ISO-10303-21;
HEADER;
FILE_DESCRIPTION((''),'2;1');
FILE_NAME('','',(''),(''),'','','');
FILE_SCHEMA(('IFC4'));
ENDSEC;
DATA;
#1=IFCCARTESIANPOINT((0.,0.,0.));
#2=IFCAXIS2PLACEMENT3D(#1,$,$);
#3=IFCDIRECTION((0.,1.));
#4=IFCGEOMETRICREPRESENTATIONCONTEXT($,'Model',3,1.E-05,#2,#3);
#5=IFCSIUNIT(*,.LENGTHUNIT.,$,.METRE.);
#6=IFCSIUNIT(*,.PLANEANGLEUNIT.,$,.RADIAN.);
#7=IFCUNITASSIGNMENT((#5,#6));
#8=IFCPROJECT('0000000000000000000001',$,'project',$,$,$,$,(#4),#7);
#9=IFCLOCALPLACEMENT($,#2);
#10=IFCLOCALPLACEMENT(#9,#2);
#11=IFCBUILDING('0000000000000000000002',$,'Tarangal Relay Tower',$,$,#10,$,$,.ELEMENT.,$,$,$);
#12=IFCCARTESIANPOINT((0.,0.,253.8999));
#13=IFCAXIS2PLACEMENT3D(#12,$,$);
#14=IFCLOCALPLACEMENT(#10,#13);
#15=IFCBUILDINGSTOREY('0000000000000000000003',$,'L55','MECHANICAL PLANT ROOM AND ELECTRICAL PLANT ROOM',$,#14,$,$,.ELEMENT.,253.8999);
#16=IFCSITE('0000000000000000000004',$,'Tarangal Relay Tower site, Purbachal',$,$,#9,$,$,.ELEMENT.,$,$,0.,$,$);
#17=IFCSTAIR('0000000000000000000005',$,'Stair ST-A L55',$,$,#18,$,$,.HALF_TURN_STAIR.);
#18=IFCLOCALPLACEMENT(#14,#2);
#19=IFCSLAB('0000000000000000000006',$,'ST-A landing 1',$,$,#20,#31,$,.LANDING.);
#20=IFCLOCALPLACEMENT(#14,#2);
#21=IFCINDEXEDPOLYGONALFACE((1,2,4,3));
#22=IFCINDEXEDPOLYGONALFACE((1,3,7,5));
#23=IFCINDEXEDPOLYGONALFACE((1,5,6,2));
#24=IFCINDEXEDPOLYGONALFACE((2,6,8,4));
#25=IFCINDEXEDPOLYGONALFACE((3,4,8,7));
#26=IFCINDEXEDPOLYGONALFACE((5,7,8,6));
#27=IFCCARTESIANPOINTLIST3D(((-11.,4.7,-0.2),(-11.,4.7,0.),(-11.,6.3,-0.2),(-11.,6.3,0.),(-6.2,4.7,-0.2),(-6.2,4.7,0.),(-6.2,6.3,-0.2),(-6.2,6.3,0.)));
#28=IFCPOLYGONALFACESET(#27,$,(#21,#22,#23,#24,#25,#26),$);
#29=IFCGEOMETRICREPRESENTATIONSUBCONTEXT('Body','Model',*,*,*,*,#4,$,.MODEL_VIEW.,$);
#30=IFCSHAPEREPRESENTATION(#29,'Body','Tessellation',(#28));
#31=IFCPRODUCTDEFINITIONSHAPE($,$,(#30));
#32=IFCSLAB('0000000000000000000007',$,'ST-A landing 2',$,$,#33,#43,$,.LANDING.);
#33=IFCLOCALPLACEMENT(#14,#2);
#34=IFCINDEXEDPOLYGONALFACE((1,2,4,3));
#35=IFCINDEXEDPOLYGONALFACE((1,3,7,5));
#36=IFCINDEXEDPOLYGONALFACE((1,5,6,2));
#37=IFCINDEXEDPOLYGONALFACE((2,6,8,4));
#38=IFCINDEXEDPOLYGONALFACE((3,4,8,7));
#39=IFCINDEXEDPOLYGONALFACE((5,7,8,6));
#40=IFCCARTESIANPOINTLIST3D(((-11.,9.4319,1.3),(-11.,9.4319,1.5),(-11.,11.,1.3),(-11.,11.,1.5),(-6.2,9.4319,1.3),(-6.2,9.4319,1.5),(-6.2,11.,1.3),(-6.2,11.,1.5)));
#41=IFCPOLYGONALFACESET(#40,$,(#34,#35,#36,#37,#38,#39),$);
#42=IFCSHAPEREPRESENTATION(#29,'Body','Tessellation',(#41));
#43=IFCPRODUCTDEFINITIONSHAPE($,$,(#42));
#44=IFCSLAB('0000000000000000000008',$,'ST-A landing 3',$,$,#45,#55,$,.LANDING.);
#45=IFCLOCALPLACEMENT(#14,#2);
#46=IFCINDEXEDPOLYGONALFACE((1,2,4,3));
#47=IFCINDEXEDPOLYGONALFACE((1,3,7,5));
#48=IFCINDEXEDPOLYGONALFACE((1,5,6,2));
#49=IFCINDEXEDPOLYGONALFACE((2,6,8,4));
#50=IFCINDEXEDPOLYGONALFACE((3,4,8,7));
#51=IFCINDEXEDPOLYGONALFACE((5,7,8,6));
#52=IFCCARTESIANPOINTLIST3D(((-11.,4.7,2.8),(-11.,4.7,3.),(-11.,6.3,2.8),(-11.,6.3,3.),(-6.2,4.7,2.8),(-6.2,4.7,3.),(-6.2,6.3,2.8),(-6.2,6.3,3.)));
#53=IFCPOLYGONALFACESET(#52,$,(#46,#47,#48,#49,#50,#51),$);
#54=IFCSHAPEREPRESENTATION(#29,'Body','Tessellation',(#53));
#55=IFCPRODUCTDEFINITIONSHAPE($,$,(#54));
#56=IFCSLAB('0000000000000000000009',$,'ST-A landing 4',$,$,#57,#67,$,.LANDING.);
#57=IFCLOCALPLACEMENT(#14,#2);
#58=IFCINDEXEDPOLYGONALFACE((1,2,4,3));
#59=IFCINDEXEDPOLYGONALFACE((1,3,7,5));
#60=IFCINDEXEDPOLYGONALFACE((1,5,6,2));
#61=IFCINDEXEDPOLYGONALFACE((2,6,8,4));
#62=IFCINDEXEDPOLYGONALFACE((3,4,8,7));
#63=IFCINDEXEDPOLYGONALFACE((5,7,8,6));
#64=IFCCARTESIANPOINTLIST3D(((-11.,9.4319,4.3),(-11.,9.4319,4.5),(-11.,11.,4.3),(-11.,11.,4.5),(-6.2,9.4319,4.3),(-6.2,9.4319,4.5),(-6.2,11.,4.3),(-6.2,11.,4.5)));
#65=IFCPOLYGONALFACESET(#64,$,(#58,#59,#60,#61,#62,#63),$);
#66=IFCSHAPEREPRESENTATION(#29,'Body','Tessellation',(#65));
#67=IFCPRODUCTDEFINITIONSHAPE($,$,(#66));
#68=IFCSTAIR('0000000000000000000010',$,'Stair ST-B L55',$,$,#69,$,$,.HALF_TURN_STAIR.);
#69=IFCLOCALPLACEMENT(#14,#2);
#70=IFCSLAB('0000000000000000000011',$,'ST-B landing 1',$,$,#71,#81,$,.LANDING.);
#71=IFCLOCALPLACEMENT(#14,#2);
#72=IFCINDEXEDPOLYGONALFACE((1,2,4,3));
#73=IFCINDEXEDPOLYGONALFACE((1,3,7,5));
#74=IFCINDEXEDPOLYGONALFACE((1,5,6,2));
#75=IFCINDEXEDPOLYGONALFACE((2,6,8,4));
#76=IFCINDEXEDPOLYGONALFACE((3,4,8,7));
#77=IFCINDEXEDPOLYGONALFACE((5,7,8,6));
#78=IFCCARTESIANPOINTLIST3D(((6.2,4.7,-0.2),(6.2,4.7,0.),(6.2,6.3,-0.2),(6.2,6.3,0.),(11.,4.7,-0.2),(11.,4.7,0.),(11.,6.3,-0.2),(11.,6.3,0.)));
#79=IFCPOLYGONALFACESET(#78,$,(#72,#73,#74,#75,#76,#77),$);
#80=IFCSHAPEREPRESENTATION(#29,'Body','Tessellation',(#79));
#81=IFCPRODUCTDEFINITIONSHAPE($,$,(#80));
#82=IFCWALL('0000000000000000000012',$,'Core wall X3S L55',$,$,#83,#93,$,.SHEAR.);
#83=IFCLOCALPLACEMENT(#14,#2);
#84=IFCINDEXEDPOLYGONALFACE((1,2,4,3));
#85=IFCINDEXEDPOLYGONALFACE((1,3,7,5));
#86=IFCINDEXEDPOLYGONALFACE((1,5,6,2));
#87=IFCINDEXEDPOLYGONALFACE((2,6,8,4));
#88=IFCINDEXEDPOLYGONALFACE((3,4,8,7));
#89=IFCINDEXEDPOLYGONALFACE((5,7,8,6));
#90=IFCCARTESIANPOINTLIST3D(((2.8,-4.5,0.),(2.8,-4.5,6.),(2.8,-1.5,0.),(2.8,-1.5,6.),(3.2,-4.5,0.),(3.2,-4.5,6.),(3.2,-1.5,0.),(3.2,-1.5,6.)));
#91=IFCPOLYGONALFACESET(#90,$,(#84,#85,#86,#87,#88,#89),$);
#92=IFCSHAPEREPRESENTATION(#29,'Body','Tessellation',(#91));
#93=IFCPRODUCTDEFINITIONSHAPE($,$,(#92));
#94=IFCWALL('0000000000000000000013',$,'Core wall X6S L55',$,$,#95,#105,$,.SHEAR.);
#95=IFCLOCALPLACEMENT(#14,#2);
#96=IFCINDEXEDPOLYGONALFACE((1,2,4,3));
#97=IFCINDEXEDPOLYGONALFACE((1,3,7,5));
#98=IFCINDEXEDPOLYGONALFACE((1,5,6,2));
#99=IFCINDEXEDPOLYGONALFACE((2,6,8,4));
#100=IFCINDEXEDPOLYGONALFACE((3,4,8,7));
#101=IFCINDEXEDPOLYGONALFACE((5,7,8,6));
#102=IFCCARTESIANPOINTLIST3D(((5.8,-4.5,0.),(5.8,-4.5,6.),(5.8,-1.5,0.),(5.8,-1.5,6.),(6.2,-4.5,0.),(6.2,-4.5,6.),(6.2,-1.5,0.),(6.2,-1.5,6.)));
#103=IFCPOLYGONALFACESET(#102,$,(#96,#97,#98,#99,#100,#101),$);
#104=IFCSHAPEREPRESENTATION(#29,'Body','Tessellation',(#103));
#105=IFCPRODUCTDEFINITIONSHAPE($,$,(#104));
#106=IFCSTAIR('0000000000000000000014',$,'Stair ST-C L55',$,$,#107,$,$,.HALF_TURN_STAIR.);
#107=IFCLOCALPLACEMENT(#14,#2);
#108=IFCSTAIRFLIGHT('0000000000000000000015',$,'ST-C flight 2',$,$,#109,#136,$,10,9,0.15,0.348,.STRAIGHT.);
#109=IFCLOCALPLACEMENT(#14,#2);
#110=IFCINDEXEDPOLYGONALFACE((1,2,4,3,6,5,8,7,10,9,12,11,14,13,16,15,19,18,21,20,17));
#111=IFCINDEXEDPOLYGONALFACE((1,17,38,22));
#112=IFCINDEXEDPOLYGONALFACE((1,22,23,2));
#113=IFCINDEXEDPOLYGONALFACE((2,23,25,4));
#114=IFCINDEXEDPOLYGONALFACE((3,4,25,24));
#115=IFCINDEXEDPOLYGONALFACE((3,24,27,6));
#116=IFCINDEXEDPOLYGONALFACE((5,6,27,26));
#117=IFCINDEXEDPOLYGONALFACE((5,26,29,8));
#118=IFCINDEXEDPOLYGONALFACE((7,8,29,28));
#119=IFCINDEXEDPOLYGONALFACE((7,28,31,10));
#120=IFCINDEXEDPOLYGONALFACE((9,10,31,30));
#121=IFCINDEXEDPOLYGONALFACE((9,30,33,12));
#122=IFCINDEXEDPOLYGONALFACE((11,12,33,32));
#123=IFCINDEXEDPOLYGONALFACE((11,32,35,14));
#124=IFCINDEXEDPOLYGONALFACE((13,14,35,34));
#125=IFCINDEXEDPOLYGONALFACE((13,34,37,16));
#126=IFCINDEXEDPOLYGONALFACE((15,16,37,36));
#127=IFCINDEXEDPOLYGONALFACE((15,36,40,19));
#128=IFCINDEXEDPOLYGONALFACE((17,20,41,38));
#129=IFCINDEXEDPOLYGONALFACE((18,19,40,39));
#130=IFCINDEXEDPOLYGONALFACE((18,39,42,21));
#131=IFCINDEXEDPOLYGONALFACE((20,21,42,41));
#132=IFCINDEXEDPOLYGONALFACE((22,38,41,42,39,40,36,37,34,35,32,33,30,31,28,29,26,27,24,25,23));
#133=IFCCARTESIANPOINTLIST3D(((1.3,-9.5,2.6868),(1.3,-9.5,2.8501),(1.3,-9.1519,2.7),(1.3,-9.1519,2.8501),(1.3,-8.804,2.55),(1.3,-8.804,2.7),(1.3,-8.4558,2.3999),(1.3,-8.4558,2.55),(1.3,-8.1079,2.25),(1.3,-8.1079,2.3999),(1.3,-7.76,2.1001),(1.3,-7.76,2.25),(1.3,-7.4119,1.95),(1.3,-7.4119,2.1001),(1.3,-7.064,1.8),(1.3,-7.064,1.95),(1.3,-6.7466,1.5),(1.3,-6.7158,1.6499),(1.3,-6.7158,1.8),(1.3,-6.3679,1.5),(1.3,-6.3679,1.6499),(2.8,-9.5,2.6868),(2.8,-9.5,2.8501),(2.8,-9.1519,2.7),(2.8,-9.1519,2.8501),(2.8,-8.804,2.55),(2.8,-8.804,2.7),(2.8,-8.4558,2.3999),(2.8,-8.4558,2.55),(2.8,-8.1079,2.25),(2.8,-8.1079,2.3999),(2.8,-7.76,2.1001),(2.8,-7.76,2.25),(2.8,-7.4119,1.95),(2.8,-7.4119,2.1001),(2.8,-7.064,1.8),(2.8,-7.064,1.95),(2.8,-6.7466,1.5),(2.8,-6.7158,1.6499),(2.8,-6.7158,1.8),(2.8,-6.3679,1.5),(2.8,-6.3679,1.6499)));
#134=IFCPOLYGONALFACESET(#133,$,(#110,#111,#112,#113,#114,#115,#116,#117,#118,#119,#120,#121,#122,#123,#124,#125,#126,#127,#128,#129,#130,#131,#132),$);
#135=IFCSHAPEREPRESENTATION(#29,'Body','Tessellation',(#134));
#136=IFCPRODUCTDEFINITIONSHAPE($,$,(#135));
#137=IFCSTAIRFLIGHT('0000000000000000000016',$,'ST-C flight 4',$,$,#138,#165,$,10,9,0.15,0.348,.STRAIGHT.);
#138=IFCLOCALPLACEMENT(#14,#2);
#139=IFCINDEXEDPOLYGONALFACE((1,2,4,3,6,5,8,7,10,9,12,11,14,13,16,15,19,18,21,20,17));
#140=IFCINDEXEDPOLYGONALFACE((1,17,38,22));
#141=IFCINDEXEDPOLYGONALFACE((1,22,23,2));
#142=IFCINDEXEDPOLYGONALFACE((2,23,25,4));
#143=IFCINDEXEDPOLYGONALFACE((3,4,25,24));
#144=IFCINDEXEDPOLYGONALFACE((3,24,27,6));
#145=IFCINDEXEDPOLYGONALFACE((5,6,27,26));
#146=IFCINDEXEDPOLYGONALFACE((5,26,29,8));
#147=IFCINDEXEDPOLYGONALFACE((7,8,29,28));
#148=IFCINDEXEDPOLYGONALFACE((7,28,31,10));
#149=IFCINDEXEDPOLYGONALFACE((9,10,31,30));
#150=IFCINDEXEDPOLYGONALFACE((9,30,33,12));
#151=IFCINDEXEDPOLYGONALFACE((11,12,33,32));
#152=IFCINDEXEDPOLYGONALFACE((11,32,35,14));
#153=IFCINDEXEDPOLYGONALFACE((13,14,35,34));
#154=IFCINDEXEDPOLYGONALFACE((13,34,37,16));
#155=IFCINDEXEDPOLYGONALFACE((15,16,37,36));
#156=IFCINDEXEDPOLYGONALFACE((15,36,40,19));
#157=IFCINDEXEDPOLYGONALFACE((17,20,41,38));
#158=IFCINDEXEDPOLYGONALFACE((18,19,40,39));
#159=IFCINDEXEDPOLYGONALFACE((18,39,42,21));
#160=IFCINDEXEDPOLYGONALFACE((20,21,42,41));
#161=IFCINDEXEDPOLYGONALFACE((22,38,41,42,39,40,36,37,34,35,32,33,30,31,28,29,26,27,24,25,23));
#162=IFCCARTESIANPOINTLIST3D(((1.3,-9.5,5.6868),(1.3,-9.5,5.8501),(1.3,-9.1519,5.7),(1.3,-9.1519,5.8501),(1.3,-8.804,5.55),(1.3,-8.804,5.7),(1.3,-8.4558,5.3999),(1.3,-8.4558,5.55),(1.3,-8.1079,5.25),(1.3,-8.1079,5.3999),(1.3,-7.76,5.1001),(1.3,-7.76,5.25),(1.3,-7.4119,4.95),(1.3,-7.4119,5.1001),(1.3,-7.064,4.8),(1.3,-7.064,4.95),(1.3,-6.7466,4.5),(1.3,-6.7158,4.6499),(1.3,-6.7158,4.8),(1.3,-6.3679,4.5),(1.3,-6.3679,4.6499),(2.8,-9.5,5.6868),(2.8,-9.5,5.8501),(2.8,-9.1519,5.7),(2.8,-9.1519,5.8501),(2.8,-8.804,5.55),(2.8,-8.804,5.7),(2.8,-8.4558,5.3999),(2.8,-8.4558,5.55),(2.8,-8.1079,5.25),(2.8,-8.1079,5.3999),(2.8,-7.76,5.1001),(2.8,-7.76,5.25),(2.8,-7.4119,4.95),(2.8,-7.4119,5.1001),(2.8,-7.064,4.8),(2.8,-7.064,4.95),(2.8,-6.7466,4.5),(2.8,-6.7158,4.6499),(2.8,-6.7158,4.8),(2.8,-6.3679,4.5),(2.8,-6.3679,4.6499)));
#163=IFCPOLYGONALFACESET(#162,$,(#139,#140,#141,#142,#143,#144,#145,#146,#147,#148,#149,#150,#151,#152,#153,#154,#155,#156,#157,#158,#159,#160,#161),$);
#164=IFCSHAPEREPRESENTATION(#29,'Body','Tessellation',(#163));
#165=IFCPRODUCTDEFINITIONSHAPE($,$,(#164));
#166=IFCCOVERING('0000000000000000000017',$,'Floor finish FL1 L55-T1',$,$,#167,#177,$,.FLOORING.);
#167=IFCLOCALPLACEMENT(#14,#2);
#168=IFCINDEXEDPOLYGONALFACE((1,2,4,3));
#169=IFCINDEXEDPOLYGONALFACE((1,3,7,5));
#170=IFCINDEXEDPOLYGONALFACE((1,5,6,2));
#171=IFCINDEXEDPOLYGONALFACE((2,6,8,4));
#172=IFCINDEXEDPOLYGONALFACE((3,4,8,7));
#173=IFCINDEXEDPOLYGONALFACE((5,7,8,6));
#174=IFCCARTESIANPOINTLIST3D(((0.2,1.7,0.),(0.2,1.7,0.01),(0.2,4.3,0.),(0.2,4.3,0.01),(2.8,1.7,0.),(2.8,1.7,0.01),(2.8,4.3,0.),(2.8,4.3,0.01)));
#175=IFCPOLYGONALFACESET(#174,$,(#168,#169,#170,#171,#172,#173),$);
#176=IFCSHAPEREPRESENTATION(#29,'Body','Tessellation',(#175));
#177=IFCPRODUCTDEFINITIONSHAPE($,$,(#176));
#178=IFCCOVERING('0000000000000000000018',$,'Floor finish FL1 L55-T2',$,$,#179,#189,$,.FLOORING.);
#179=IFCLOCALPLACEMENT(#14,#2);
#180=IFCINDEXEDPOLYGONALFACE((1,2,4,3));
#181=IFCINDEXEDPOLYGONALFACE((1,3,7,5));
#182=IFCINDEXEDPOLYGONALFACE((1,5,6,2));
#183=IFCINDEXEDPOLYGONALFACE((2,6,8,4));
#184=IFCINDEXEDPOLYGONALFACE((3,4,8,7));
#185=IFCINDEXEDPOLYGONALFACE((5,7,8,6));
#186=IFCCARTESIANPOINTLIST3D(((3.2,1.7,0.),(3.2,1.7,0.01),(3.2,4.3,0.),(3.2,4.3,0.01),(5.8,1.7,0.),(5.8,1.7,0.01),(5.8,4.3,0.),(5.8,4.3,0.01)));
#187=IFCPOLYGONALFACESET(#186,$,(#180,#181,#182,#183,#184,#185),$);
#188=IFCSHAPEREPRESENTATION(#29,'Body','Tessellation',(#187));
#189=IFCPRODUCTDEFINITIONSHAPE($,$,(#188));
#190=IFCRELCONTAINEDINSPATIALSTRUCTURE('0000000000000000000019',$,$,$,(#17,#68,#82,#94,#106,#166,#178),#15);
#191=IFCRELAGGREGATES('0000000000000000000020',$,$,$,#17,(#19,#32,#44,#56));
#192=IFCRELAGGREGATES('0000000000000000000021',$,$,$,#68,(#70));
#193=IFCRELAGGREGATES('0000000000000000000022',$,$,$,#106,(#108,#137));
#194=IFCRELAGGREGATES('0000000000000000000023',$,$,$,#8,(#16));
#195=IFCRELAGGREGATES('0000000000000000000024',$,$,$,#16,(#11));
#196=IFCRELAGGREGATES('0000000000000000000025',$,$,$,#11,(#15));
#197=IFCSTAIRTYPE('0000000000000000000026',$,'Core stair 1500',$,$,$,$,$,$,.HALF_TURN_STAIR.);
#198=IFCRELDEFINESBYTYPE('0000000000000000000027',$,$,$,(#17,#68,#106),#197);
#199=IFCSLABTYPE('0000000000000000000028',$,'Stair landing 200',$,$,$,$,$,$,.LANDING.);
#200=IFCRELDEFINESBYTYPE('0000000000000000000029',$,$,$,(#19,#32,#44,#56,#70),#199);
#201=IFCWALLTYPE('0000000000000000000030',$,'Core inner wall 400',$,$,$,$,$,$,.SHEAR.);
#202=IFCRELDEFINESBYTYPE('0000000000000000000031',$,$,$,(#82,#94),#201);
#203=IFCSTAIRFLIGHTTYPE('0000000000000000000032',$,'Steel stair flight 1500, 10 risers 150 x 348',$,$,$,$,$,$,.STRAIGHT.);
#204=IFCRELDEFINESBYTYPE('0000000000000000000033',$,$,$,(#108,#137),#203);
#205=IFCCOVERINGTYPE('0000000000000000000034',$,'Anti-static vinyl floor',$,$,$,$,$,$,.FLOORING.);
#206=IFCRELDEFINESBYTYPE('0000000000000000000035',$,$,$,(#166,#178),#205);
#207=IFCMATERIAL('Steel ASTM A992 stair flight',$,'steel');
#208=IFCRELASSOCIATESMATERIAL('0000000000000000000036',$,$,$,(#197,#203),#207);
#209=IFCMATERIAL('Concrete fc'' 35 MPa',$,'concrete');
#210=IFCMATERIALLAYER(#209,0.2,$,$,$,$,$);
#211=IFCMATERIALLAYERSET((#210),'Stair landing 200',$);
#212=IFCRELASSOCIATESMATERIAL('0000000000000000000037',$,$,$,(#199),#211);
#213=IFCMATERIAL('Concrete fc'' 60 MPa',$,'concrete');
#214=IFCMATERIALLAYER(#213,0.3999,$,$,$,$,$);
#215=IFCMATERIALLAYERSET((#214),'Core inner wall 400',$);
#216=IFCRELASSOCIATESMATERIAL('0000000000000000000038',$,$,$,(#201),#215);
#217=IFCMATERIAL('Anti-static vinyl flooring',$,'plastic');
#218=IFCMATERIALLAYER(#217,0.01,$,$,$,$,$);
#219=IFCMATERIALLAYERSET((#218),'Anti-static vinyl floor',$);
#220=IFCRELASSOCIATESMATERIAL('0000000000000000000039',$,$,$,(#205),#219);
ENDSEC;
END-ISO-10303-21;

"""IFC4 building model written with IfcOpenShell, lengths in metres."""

from ifc_helpers import new_model, si_unit, direction, frame, frame_2d, origin, place, context, subcontext, project, spatial, polyline, rectangle, outline, extrude, material, layer, layer_set, type_object, element, aggregate, save


model = new_model("IFC4")

# Units and contexts
model_context = context("Model", 3, precision=1e-05, world=origin(), true_north=direction((0.0, 1.0)))
body_context = subcontext(model_context, "Body", "Model", "MODEL_VIEW")
ifc_project = project(units=[si_unit("LENGTHUNIT", "METRE"), si_unit("PLANEANGLEUNIT", "RADIAN")], contexts=[model_context])

# Site, building, storey
site_placement = place(None, origin())
site = spatial("IfcSite", under=ifc_project, at=site_placement, Name="Tarangal Relay Tower site, Purbachal", CompositionType="ELEMENT", RefElevation=0.0)
building_placement = place(site_placement, origin())
building = spatial("IfcBuilding", under=site, at=building_placement, Name="Tarangal Relay Tower", CompositionType="ELEMENT")
storey_placement = place(building_placement, frame((0.0, 0.0, 253.8999)))
storey = spatial("IfcBuildingStorey", under=building, at=storey_placement, Name="L55", Description="MECHANICAL PLANT ROOM AND ELECTRICAL PLANT ROOM", CompositionType="ELEMENT", Elevation=253.8999)

# Stair, slabs
ifc_material_1 = material(Name="Steel ASTM A992 stair flight", Category="steel")
stair_type = type_object("IfcStairType", Name="Core stair 1500", PredefinedType="HALF_TURN_STAIR", material=ifc_material_1)
stair_1_placement = place(storey_placement, origin())
stair_1 = element("IfcStair", 1, at=stair_1_placement, inside=storey, type_object=stair_type, Name="Stair ST-A L55", PredefinedType="HALF_TURN_STAIR")
ifc_material_2 = material(Name="Concrete fc' 35 MPa", Category="concrete")
ifc_layer_1 = layer(ifc_material_2, 0.2)
ifc_layer_set_1 = layer_set([ifc_layer_1], Name="Stair landing 200")
slab_type = type_object("IfcSlabType", Name="Stair landing 200", PredefinedType="LANDING", material=ifc_layer_set_1)
slab_1_placement = place(storey_placement, frame((0.0, 0.0, -0.2)))
slab_1 = element("IfcSlab", 2, at=slab_1_placement, type_object=slab_type, Name="ST-A landing 1", PredefinedType="LANDING", context=body_context, shape_type="SweptSolid", body=[
    extrude(outline(polyline([(-11.0, 4.7), (-6.2, 4.7), (-6.2, 6.3), (-11.0, 6.3), (-11.0, 4.7)])), origin(), (0.0, 0.0, 1.0), 0.2),
])
slab_2_placement = place(storey_placement, frame((0.0, 0.0, 1.3)))
slab_2 = element("IfcSlab", 3, at=slab_2_placement, type_object=slab_type, Name="ST-A landing 2", PredefinedType="LANDING", context=body_context, shape_type="SweptSolid", body=[
    extrude(outline(polyline([(-11.0, 9.4319), (-6.2, 9.4319), (-6.2, 11.0), (-11.0, 11.0), (-11.0, 9.4319)])), origin(), (0.0, 0.0, 1.0), 0.2),
])
slab_3_placement = place(storey_placement, frame((0.0, 0.0, 2.8)))
slab_3 = element("IfcSlab", 4, at=slab_3_placement, type_object=slab_type, Name="ST-A landing 3", PredefinedType="LANDING", context=body_context, shape_type="SweptSolid", body=[
    extrude(outline(polyline([(-11.0, 4.7), (-6.2, 4.7), (-6.2, 6.3), (-11.0, 6.3), (-11.0, 4.7)])), origin(), (0.0, 0.0, 1.0), 0.2),
])
slab_4_placement = place(storey_placement, frame((0.0, 0.0, 4.3)))
slab_4 = element("IfcSlab", 5, at=slab_4_placement, type_object=slab_type, Name="ST-A landing 4", PredefinedType="LANDING", context=body_context, shape_type="SweptSolid", body=[
    extrude(outline(polyline([(-11.0, 9.4319), (-6.2, 9.4319), (-6.2, 11.0), (-11.0, 11.0), (-11.0, 9.4319)])), origin(), (0.0, 0.0, 1.0), 0.2),
])
aggregate(stair_1, [slab_1, slab_2, slab_3, slab_4])

# Stair, slab
stair_2_placement = place(storey_placement, origin())
stair_2 = element("IfcStair", 6, at=stair_2_placement, inside=storey, type_object=stair_type, Name="Stair ST-B L55", PredefinedType="HALF_TURN_STAIR")
slab_5_placement = place(storey_placement, frame((0.0, 0.0, -0.2)))
slab_5 = element("IfcSlab", 7, at=slab_5_placement, type_object=slab_type, Name="ST-B landing 1", PredefinedType="LANDING", context=body_context, shape_type="SweptSolid", body=[
    extrude(outline(polyline([(6.2, 4.7), (11.0, 4.7), (11.0, 6.3), (6.2, 6.3), (6.2, 4.7)])), origin(), (0.0, 0.0, 1.0), 0.2),
])
aggregate(stair_2, [slab_5])

# Walls
ifc_material_3 = material(Name="Concrete fc' 60 MPa", Category="concrete")
ifc_layer_2 = layer(ifc_material_3, 0.3999)
ifc_layer_set_2 = layer_set([ifc_layer_2], Name="Core inner wall 400")
wall_type = type_object("IfcWallType", Name="Core inner wall 400", PredefinedType="SHEAR", material=ifc_layer_set_2)
for number, where, z_axis, x_axis, name in (
    (8, (3.0, -4.5, 0.0), (0.0, 0.0, 1.0), (0.0, 1.0, 0.0), "Core wall X3S L55"),
    (9, (6.0, -4.5, 0.0), (0.0, 0.0, 1.0), (0.0, 1.0, 0.0), "Core wall X6S L55"),
):
    element("IfcWall", number, at=place(storey_placement, frame(where, z_axis=z_axis, x_axis=x_axis)), inside=storey, type_object=wall_type, Name=name, PredefinedType="SHEAR", context=body_context, shape_type="SweptSolid", body=[
        extrude(rectangle(XDim=3.0, YDim=0.3999, at=frame_2d((1.5, 0.0))), origin(), (0.0, 0.0, 1.0), 6.0),
    ])

# Stair, stair flights
stair_3_placement = place(storey_placement, origin())
stair_3 = element("IfcStair", 10, at=stair_3_placement, inside=storey, type_object=stair_type, Name="Stair ST-C L55", PredefinedType="HALF_TURN_STAIR")
stair_flight_type = type_object("IfcStairFlightType", Name="Steel stair flight 1500, 10 risers 150 x 348", PredefinedType="STRAIGHT", material=ifc_material_1)
stair_flight_1_placement = place(storey_placement, frame((2.05, -6.3679, 1.5), z_axis=(0.0, 0.0, 1.0), x_axis=(0.0, -1.0, 0.0)))
stair_flight_1 = element("IfcStairFlight", 11, at=stair_flight_1_placement, type_object=stair_flight_type, Name="ST-C flight 2", NumberOfRisers=10, NumberOfTreads=9, PredefinedType="STRAIGHT", RiserHeight=0.15, TreadLength=0.348, context=body_context, shape_type="SweptSolid", body=[
    extrude(outline(polyline([(0.0, 0.0), (0.0, 0.1499), (0.3479, 0.1499), (0.3479, 0.3), (0.696, 0.3), (0.696, 0.45), (1.0439, 0.45), (1.0439, 0.6001), (1.3921, 0.6001), (1.3921, 0.75), (1.74, 0.75), (1.74, 0.8999), (2.0879, 0.8999), (2.0879, 1.05), (2.436, 1.05), (2.436, 1.2), (2.7839, 1.2), (2.7839, 1.3501), (3.1321, 1.3501), (3.1321, 1.5), (3.1321, 1.1868), (0.3787, 0.0), (0.0, 0.0)])), frame((0.0, 0.75, 0.0), z_axis=(0.0, -1.0, 0.0), x_axis=(1.0, 0.0, 0.0)), (0.0, 0.0, 1.0), 1.5),
])
stair_flight_2_placement = place(storey_placement, frame((2.05, -6.3679, 4.5), z_axis=(0.0, 0.0, 1.0), x_axis=(0.0, -1.0, 0.0)))
stair_flight_2 = element("IfcStairFlight", 12, at=stair_flight_2_placement, type_object=stair_flight_type, Name="ST-C flight 4", NumberOfRisers=10, NumberOfTreads=9, PredefinedType="STRAIGHT", RiserHeight=0.15, TreadLength=0.348, context=body_context, shape_type="SweptSolid", body=[
    extrude(outline(polyline([(0.0, 0.0), (0.0, 0.1499), (0.3479, 0.1499), (0.3479, 0.3), (0.696, 0.3), (0.696, 0.45), (1.0439, 0.45), (1.0439, 0.6001), (1.3921, 0.6001), (1.3921, 0.75), (1.74, 0.75), (1.74, 0.8999), (2.0879, 0.8999), (2.0879, 1.05), (2.436, 1.05), (2.436, 1.2), (2.7839, 1.2), (2.7839, 1.3501), (3.1321, 1.3501), (3.1321, 1.5), (3.1321, 1.1868), (0.3787, 0.0), (0.0, 0.0)])), frame((0.0, 0.75, 0.0), z_axis=(0.0, -1.0, 0.0), x_axis=(1.0, 0.0, 0.0)), (0.0, 0.0, 1.0), 1.5),
])
aggregate(stair_3, [stair_flight_1, stair_flight_2])

# Coverings
ifc_material_4 = material(Name="Anti-static vinyl flooring", Category="plastic")
ifc_layer_3 = layer(ifc_material_4, 0.01)
ifc_layer_set_3 = layer_set([ifc_layer_3], Name="Anti-static vinyl floor")
covering_type_1 = type_object("IfcCoveringType", Name="Anti-static vinyl floor", PredefinedType="FLOORING", material=ifc_layer_set_3)
covering_1_placement = place(storey_placement, origin())
element("IfcCovering", 13, at=covering_1_placement, inside=storey, type_object=covering_type_1, Name="Floor finish FL1 L55-T1", PredefinedType="FLOORING", context=body_context, shape_type="SweptSolid", body=[
    extrude(outline(polyline([(0.2, 1.7), (2.8, 1.7), (2.8, 4.3), (0.2, 4.3), (0.2, 1.7)])), origin(), (0.0, 0.0, 1.0), 0.01),
])
covering_2_placement = place(storey_placement, origin())
element("IfcCovering", 14, at=covering_2_placement, inside=storey, type_object=covering_type_1, Name="Floor finish FL1 L55-T2", PredefinedType="FLOORING", context=body_context, shape_type="SweptSolid", body=[
    extrude(outline(polyline([(3.2, 1.7), (5.8, 1.7), (5.8, 4.3), (3.2, 4.3), (3.2, 1.7)])), origin(), (0.0, 0.0, 1.0), 0.01),
])

save(model, "model.ifc")
